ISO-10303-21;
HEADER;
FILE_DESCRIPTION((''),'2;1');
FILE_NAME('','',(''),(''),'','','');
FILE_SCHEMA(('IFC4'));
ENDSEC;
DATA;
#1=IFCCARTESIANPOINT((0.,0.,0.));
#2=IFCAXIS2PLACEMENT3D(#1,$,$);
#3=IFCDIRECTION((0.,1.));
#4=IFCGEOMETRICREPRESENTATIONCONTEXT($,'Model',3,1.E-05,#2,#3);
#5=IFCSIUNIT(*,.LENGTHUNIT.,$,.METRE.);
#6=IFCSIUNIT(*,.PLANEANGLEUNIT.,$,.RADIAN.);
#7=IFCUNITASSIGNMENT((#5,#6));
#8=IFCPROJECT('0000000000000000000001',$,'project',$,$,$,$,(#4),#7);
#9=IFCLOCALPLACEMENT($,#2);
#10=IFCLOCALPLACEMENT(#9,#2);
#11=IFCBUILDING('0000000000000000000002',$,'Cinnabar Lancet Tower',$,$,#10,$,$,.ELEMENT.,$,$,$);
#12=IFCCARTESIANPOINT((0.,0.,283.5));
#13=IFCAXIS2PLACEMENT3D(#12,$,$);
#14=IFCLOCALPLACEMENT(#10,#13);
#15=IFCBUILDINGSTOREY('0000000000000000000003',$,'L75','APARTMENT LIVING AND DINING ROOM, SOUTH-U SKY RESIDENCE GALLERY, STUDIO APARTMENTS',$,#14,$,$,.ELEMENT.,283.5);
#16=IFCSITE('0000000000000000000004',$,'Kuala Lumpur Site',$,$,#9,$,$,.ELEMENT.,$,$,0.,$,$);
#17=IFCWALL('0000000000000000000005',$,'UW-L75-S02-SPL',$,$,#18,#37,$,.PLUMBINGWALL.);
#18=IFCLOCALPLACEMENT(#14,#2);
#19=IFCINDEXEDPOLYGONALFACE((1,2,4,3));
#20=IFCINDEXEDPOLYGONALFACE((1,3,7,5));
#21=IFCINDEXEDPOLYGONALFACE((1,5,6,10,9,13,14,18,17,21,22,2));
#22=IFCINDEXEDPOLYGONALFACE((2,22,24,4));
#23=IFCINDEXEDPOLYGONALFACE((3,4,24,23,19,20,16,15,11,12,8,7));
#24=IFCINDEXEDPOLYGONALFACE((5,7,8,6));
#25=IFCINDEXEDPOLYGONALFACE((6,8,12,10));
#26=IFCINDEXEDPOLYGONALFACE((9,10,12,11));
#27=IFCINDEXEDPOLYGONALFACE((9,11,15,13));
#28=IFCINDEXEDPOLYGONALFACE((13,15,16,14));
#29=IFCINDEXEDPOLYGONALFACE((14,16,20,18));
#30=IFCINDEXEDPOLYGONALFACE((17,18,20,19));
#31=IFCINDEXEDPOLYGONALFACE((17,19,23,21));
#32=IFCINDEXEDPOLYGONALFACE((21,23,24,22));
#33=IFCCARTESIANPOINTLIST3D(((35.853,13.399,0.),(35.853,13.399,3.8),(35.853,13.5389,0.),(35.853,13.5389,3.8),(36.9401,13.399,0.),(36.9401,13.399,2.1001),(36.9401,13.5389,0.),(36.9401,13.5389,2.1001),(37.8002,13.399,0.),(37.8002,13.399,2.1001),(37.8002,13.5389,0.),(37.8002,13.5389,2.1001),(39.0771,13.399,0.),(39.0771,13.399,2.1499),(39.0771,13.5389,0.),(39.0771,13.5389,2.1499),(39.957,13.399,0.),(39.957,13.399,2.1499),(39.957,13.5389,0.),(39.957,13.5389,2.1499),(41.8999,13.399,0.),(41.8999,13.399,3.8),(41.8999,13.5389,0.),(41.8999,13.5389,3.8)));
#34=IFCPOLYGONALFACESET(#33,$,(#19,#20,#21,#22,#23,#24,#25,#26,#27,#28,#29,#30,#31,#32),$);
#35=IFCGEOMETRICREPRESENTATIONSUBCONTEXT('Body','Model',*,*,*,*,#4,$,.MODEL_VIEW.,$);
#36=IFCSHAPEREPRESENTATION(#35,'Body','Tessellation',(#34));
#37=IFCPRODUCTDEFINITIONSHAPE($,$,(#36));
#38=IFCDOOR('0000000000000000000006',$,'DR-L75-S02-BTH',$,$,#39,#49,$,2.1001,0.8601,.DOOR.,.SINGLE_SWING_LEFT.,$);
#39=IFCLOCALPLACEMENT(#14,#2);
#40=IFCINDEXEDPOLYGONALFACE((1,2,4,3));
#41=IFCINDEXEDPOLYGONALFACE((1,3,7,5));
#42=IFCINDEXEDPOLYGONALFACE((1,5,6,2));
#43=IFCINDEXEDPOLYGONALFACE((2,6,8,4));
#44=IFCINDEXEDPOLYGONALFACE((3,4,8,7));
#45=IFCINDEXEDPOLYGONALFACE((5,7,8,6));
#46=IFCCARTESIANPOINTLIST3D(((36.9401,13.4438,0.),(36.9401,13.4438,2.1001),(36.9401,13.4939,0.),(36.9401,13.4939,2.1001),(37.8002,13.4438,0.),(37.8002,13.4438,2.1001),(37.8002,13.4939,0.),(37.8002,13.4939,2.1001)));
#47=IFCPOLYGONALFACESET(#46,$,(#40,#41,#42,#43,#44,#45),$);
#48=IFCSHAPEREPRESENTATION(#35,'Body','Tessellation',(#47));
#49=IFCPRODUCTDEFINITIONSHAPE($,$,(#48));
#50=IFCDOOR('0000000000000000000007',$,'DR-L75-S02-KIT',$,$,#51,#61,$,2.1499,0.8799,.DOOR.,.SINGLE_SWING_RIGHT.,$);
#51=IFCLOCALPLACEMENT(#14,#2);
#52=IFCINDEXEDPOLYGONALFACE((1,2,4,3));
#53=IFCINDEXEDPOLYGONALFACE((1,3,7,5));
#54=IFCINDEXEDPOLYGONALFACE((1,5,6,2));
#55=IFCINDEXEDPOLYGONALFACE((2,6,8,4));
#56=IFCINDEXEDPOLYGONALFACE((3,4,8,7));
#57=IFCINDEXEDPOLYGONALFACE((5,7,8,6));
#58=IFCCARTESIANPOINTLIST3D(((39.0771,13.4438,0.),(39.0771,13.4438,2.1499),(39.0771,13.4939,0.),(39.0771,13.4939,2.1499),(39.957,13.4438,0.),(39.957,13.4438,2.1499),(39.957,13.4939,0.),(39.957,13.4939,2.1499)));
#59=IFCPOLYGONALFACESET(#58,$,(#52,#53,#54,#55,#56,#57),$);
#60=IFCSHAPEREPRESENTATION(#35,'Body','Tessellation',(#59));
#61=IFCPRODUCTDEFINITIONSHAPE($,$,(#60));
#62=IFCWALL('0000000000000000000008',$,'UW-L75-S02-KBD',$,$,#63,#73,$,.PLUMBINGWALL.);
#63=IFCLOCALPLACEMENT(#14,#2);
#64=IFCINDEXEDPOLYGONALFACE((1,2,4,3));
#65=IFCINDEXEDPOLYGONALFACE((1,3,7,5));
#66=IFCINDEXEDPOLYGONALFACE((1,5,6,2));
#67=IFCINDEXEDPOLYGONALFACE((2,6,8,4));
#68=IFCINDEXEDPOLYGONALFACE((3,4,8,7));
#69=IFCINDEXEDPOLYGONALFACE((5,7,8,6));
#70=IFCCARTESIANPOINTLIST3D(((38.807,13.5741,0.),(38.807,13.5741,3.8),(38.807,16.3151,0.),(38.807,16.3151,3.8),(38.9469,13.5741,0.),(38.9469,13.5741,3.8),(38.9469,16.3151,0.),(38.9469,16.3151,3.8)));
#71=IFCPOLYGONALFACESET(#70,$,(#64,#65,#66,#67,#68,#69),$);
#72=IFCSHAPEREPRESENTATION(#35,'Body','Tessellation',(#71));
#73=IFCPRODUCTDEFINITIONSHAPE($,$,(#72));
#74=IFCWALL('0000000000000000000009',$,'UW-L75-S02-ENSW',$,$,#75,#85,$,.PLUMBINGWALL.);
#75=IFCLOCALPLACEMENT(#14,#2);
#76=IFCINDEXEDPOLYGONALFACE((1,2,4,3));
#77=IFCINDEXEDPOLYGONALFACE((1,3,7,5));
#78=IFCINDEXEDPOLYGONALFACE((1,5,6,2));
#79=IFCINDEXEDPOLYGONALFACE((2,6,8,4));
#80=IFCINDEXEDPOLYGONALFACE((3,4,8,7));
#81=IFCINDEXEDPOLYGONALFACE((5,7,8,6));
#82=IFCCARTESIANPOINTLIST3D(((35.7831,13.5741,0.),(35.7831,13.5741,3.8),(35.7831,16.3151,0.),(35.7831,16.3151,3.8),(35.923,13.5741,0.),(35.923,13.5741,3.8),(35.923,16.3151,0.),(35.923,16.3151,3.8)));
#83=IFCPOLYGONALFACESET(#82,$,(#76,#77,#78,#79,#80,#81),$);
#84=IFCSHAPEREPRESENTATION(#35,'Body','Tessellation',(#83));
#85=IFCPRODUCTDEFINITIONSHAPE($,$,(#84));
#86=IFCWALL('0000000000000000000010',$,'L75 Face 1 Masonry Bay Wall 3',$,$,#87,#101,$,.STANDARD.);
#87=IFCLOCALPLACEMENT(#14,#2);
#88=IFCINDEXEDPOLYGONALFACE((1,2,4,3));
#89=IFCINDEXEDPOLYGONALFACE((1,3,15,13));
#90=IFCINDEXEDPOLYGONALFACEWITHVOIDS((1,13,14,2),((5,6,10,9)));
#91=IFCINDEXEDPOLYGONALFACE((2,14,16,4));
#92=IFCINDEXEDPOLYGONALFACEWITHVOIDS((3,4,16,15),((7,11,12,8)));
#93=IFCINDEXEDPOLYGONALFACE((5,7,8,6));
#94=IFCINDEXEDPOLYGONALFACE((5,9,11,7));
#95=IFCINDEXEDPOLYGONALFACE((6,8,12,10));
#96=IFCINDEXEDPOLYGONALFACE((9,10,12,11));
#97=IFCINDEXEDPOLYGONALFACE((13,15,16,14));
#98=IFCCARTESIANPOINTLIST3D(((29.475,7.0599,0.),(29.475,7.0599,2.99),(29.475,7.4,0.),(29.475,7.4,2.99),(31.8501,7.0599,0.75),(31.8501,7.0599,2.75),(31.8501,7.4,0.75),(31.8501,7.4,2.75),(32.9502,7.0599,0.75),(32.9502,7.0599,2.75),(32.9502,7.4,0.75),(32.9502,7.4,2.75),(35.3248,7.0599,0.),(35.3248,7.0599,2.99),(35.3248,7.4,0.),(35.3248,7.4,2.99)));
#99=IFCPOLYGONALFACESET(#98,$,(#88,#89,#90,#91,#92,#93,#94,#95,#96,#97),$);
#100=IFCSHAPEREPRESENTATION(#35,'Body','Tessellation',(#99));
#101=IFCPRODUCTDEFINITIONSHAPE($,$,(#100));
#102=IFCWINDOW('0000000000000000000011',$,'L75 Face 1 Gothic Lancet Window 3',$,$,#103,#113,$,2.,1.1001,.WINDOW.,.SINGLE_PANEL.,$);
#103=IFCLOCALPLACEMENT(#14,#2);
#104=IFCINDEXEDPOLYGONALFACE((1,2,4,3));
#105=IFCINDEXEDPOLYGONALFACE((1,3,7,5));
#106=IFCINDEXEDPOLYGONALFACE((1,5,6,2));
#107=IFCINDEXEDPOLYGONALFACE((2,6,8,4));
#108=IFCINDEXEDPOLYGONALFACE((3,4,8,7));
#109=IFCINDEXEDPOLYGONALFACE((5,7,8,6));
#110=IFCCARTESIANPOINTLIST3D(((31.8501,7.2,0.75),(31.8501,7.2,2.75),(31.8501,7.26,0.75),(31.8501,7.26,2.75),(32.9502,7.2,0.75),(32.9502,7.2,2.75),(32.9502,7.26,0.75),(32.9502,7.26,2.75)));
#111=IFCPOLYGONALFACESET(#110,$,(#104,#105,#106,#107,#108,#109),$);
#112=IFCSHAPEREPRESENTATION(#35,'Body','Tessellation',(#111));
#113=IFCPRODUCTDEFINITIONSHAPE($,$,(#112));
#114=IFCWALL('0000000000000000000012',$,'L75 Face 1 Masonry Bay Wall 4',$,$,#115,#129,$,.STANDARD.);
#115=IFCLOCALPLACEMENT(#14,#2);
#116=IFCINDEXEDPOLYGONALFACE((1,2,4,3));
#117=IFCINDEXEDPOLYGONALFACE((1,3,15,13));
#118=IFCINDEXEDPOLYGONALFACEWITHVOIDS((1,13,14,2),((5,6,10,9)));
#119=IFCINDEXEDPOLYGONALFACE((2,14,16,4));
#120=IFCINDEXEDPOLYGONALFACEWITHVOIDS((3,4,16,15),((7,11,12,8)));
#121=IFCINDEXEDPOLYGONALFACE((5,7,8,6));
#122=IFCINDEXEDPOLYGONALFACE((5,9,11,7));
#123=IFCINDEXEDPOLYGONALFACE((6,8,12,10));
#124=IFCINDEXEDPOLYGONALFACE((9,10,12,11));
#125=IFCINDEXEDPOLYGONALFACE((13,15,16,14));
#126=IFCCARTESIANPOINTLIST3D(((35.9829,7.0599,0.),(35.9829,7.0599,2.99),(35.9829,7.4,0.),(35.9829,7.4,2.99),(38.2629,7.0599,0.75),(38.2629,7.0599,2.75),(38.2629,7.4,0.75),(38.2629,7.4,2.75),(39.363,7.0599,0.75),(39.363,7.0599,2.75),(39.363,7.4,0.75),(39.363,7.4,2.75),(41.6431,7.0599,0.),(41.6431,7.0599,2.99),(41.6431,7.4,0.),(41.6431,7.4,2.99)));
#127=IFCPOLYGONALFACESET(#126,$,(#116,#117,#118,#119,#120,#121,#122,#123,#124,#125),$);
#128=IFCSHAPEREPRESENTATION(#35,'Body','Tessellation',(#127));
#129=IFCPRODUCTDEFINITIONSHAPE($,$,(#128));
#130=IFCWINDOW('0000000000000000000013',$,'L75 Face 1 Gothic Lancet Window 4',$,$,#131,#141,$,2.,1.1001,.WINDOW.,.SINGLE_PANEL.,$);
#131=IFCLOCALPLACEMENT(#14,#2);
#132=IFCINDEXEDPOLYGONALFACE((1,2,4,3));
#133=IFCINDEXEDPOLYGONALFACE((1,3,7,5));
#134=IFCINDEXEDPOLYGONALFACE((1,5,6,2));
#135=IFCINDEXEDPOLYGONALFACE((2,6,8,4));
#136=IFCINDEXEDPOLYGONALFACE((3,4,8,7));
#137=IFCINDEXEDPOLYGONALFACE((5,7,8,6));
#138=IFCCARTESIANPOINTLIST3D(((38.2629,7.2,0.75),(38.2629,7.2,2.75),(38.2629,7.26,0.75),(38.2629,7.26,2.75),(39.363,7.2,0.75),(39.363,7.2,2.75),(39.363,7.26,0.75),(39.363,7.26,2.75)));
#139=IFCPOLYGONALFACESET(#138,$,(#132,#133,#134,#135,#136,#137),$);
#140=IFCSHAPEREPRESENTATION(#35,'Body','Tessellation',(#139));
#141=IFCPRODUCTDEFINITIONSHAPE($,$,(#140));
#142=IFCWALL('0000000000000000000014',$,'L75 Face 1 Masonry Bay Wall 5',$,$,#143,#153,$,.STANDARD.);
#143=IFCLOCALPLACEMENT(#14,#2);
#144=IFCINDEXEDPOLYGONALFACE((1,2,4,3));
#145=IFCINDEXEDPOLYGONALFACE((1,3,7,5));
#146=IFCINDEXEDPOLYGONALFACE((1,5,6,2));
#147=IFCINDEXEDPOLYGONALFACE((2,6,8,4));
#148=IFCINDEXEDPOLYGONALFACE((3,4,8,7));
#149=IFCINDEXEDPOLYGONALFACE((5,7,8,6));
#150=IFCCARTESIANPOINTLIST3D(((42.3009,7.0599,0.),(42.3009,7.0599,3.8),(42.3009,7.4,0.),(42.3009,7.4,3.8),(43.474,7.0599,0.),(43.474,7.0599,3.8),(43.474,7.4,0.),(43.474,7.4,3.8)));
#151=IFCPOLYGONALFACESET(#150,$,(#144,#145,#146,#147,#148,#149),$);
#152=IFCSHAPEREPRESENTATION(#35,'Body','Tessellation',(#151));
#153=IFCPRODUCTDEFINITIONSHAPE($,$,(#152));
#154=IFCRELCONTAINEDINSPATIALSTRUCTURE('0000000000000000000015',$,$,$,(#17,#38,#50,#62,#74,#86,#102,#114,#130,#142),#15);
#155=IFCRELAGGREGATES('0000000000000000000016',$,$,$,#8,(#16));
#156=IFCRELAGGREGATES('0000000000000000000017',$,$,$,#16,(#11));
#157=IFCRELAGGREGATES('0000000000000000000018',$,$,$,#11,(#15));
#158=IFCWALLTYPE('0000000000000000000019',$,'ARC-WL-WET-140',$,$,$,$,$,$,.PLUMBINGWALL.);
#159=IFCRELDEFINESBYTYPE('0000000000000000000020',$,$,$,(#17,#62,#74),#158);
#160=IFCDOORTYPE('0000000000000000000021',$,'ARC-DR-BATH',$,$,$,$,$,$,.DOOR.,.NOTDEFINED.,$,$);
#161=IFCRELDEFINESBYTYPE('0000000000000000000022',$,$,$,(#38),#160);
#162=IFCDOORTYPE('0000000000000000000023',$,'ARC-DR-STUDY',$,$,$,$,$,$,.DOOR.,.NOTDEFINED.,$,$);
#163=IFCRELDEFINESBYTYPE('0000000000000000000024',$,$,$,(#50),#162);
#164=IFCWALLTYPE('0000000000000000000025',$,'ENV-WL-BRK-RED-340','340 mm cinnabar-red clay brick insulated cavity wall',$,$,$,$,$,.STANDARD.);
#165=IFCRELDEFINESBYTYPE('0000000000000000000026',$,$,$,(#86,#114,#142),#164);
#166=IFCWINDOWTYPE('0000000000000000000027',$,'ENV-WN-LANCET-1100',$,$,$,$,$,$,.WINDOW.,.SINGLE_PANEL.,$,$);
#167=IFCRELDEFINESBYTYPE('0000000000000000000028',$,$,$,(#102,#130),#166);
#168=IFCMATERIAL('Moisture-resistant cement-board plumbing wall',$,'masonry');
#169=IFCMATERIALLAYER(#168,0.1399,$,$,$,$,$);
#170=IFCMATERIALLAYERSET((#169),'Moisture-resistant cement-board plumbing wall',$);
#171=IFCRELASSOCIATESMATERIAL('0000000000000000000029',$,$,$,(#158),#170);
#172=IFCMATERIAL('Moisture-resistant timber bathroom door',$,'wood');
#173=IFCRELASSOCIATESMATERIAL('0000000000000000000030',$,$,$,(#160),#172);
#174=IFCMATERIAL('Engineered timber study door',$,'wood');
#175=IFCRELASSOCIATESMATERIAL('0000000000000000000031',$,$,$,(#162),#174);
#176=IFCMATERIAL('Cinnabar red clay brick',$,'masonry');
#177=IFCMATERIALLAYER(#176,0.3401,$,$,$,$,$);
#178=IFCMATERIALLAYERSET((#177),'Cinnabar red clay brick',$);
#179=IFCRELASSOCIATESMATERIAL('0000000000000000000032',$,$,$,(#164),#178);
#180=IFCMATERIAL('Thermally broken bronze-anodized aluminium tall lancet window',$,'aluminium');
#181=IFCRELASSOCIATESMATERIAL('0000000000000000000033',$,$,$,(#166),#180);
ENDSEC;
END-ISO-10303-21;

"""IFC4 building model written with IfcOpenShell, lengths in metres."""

from ifc_helpers import new_model, si_unit, direction, frame, frame_2d, origin, place, context, subcontext, project, spatial, rectangle, extrude, material, layer, layer_set, type_object, element, fill, save


model = new_model("IFC4")

# Units and contexts
model_context = context("Model", 3, precision=1e-05, world=origin(), true_north=direction((0.0, 1.0)))
body_context = subcontext(model_context, "Body", "Model", "MODEL_VIEW")
ifc_project = project(units=[si_unit("LENGTHUNIT", "METRE"), si_unit("PLANEANGLEUNIT", "RADIAN")], contexts=[model_context])

# Site, building, storey
site_placement = place(None, origin())
site = spatial("IfcSite", under=ifc_project, at=site_placement, Name="Kuala Lumpur Site", CompositionType="ELEMENT", RefElevation=0.0)
building_placement = place(site_placement, origin())
building = spatial("IfcBuilding", under=site, at=building_placement, Name="Cinnabar Lancet Tower", CompositionType="ELEMENT")
storey_placement = place(building_placement, frame((0.0, 0.0, 283.5)))
storey = spatial("IfcBuildingStorey", under=building, at=storey_placement, Name="L75", Description="APARTMENT LIVING AND DINING ROOM, SOUTH-U SKY RESIDENCE GALLERY, STUDIO APARTMENTS", CompositionType="ELEMENT", Elevation=283.5)

# Wall, openings, doors
ifc_material_1 = material(Name="Moisture-resistant cement-board plumbing wall", Category="masonry")
ifc_layer_1 = layer(ifc_material_1, 0.1399)
ifc_layer_set_1 = layer_set([ifc_layer_1], Name="Moisture-resistant cement-board plumbing wall")
wall_type_1 = type_object("IfcWallType", Name="ARC-WL-WET-140", PredefinedType="PLUMBINGWALL", material=ifc_layer_set_1)
wall_1_placement = place(storey_placement, frame((35.853, 13.469, 0.0), z_axis=(0.0, 0.0, 1.0), x_axis=(1.0, 0.0, 0.0)))
wall_1 = element("IfcWall", 1, at=wall_1_placement, inside=storey, type_object=wall_type_1, Name="UW-L75-S02-SPL", PredefinedType="PLUMBINGWALL", context=body_context, shape_type="SweptSolid", body=[
    extrude(rectangle(XDim=6.0469, YDim=0.1399, at=frame_2d((3.0234, 0.0))), origin(), (0.0, 0.0, 1.0), 3.8),
])
opening_1_placement = place(wall_1_placement, frame((1.0869, 0.0, 0.0)))
opening_1 = element("IfcOpeningElement", 2, at=opening_1_placement, cuts=wall_1, PredefinedType="OPENING", context=body_context, shape_type="SweptSolid", body=[
    extrude(rectangle(XDim=0.8601, YDim=2.1001, at=frame_2d((0.4302, 1.05))), frame((0.0, 0.0798, 0.0), z_axis=(0.0, -1.0, 0.0), x_axis=(1.0, 0.0, 0.0)), (0.0, 0.0, 1.0), 0.1599),
])
opening_2_placement = place(wall_1_placement, frame((3.2241, 0.0, 0.0)))
opening_2 = element("IfcOpeningElement", 3, at=opening_2_placement, cuts=wall_1, PredefinedType="OPENING", context=body_context, shape_type="SweptSolid", body=[
    extrude(rectangle(XDim=0.8799, YDim=2.1499, at=frame_2d((0.4399, 1.075))), frame((0.0, 0.0798, 0.0), z_axis=(0.0, -1.0, 0.0), x_axis=(1.0, 0.0, 0.0)), (0.0, 0.0, 1.0), 0.1599),
])
ifc_material_2 = material(Name="Moisture-resistant timber bathroom door", Category="wood")
door_type_1 = type_object("IfcDoorType", Name="ARC-DR-BATH", OperationType="NOTDEFINED", PredefinedType="DOOR", material=ifc_material_2)
door_1_placement = place(opening_1_placement, origin())
door_1 = element("IfcDoor", 4, at=door_1_placement, inside=storey, type_object=door_type_1, Name="DR-L75-S02-BTH", OperationType="SINGLE_SWING_LEFT", OverallHeight=2.1001, OverallWidth=0.8601, PredefinedType="DOOR", context=body_context, shape_type="SweptSolid", body=[
    extrude(rectangle(XDim=0.8601, YDim=2.1001, at=frame_2d((0.4302, 1.05))), frame((0.0, 0.0249, 0.0), z_axis=(0.0, -1.0, 0.0), x_axis=(1.0, 0.0, 0.0)), (0.0, 0.0, 1.0), 0.05),
])
fill(opening_1, door_1)
ifc_material_3 = material(Name="Engineered timber study door", Category="wood")
door_type_2 = type_object("IfcDoorType", Name="ARC-DR-STUDY", OperationType="NOTDEFINED", PredefinedType="DOOR", material=ifc_material_3)
door_2_placement = place(opening_2_placement, origin())
door_2 = element("IfcDoor", 5, at=door_2_placement, inside=storey, type_object=door_type_2, Name="DR-L75-S02-KIT", OperationType="SINGLE_SWING_RIGHT", OverallHeight=2.1499, OverallWidth=0.8799, PredefinedType="DOOR", context=body_context, shape_type="SweptSolid", body=[
    extrude(rectangle(XDim=0.8799, YDim=2.1499, at=frame_2d((0.4399, 1.075))), frame((0.0, 0.0249, 0.0), z_axis=(0.0, -1.0, 0.0), x_axis=(1.0, 0.0, 0.0)), (0.0, 0.0, 1.0), 0.05),
])
fill(opening_2, door_2)

# Walls
for number, where, z_axis, x_axis, name in (
    (6, (38.877, 13.574, 0.0), (0.0, 0.0, 1.0), (0.0, 1.0, 0.0), "UW-L75-S02-KBD"),
    (7, (35.853, 13.574, 0.0), (0.0, 0.0, 1.0), (0.0, 1.0, 0.0), "UW-L75-S02-ENSW"),
):
    element("IfcWall", number, at=place(storey_placement, frame(where, z_axis=z_axis, x_axis=x_axis)), inside=storey, type_object=wall_type_1, Name=name, PredefinedType="PLUMBINGWALL", context=body_context, shape_type="SweptSolid", body=[
        extrude(rectangle(XDim=2.741, YDim=0.1399, at=frame_2d((1.3706, 0.0))), origin(), (0.0, 0.0, 1.0), 3.8),
    ])

# Walls, openings, windows
ifc_material_4 = material(Name="Cinnabar red clay brick", Category="masonry")
ifc_layer_2 = layer(ifc_material_4, 0.3401)
ifc_layer_set_2 = layer_set([ifc_layer_2], Name="Cinnabar red clay brick")
wall_type_2 = type_object("IfcWallType", Name="ENV-WL-BRK-RED-340", Description="340 mm cinnabar-red clay brick insulated cavity wall", PredefinedType="STANDARD", material=ifc_layer_set_2)
wall_2_placement = place(storey_placement, frame((29.4751, 7.23, 0.0), z_axis=(0.0, 0.0, 1.0), x_axis=(1.0, 0.0, 0.0)))
wall_2 = element("IfcWall", 8, at=wall_2_placement, inside=storey, type_object=wall_type_2, Name="L75 Face 1 Masonry Bay Wall 3", PredefinedType="STANDARD", context=body_context, shape_type="SweptSolid", body=[
    extrude(rectangle(XDim=5.8499, YDim=0.3401, at=frame_2d((2.9248, 0.0))), origin(), (0.0, 0.0, 1.0), 2.99),
])
opening_3_placement = place(wall_2_placement, frame((2.375, 0.0, 0.75)))
opening_3 = element("IfcOpeningElement", 9, at=opening_3_placement, cuts=wall_2, PredefinedType="OPENING", context=body_context, shape_type="SweptSolid", body=[
    extrude(rectangle(XDim=1.1001, YDim=2.0, at=frame_2d((0.55, 1.0))), frame((0.0, 0.1799, 0.0), z_axis=(0.0, -1.0, 0.0), x_axis=(1.0, 0.0, 0.0)), (0.0, 0.0, 1.0), 0.3601),
])
ifc_material_5 = material(Name="Thermally broken bronze-anodized aluminium tall lancet window", Category="aluminium")
window_type = type_object("IfcWindowType", Name="ENV-WN-LANCET-1100", PartitioningType="SINGLE_PANEL", PredefinedType="WINDOW", material=ifc_material_5)
window_1_placement = place(opening_3_placement, origin())
window_1 = element("IfcWindow", 10, at=window_1_placement, inside=storey, type_object=window_type, Name="L75 Face 1 Gothic Lancet Window 3", OverallHeight=2.0, OverallWidth=1.1001, PartitioningType="SINGLE_PANEL", PredefinedType="WINDOW", context=body_context, shape_type="SweptSolid", body=[
    extrude(rectangle(XDim=1.1001, YDim=2.0, at=frame_2d((0.55, 1.0))), frame((0.0, 0.03, 0.0), z_axis=(0.0, -1.0, 0.0), x_axis=(1.0, 0.0, 0.0)), (0.0, 0.0, 1.0), 0.0601),
])
fill(opening_3, window_1)
wall_3_placement = place(storey_placement, frame((35.9829, 7.23, 0.0), z_axis=(0.0, 0.0, 1.0), x_axis=(1.0, 0.0, 0.0)))
wall_3 = element("IfcWall", 11, at=wall_3_placement, inside=storey, type_object=wall_type_2, Name="L75 Face 1 Masonry Bay Wall 4", PredefinedType="STANDARD", context=body_context, shape_type="SweptSolid", body=[
    extrude(rectangle(XDim=5.6602, YDim=0.3401, at=frame_2d((2.8301, 0.0))), origin(), (0.0, 0.0, 1.0), 2.99),
])
opening_4_placement = place(wall_3_placement, frame((2.28, 0.0, 0.75)))
opening_4 = element("IfcOpeningElement", 12, at=opening_4_placement, cuts=wall_3, PredefinedType="OPENING", context=body_context, shape_type="SweptSolid", body=[
    extrude(rectangle(XDim=1.1001, YDim=2.0, at=frame_2d((0.55, 1.0))), frame((0.0, 0.1799, 0.0), z_axis=(0.0, -1.0, 0.0), x_axis=(1.0, 0.0, 0.0)), (0.0, 0.0, 1.0), 0.3601),
])
window_2_placement = place(opening_4_placement, origin())
window_2 = element("IfcWindow", 13, at=window_2_placement, inside=storey, type_object=window_type, Name="L75 Face 1 Gothic Lancet Window 4", OverallHeight=2.0, OverallWidth=1.1001, PartitioningType="SINGLE_PANEL", PredefinedType="WINDOW", context=body_context, shape_type="SweptSolid", body=[
    extrude(rectangle(XDim=1.1001, YDim=2.0, at=frame_2d((0.55, 1.0))), frame((0.0, 0.03, 0.0), z_axis=(0.0, -1.0, 0.0), x_axis=(1.0, 0.0, 0.0)), (0.0, 0.0, 1.0), 0.0601),
])
fill(opening_4, window_2)

# Wall
wall_4_placement = place(storey_placement, frame((42.301, 7.23, 0.0), z_axis=(0.0, 0.0, 1.0), x_axis=(1.0, 0.0, 0.0)))
element("IfcWall", 14, at=wall_4_placement, inside=storey, type_object=wall_type_2, Name="L75 Face 1 Masonry Bay Wall 5", PredefinedType="STANDARD", context=body_context, shape_type="SweptSolid", body=[
    extrude(rectangle(XDim=1.1731, YDim=0.3401, at=frame_2d((0.5864, 0.0))), origin(), (0.0, 0.0, 1.0), 3.8),
])

save(model, "model.ifc")
